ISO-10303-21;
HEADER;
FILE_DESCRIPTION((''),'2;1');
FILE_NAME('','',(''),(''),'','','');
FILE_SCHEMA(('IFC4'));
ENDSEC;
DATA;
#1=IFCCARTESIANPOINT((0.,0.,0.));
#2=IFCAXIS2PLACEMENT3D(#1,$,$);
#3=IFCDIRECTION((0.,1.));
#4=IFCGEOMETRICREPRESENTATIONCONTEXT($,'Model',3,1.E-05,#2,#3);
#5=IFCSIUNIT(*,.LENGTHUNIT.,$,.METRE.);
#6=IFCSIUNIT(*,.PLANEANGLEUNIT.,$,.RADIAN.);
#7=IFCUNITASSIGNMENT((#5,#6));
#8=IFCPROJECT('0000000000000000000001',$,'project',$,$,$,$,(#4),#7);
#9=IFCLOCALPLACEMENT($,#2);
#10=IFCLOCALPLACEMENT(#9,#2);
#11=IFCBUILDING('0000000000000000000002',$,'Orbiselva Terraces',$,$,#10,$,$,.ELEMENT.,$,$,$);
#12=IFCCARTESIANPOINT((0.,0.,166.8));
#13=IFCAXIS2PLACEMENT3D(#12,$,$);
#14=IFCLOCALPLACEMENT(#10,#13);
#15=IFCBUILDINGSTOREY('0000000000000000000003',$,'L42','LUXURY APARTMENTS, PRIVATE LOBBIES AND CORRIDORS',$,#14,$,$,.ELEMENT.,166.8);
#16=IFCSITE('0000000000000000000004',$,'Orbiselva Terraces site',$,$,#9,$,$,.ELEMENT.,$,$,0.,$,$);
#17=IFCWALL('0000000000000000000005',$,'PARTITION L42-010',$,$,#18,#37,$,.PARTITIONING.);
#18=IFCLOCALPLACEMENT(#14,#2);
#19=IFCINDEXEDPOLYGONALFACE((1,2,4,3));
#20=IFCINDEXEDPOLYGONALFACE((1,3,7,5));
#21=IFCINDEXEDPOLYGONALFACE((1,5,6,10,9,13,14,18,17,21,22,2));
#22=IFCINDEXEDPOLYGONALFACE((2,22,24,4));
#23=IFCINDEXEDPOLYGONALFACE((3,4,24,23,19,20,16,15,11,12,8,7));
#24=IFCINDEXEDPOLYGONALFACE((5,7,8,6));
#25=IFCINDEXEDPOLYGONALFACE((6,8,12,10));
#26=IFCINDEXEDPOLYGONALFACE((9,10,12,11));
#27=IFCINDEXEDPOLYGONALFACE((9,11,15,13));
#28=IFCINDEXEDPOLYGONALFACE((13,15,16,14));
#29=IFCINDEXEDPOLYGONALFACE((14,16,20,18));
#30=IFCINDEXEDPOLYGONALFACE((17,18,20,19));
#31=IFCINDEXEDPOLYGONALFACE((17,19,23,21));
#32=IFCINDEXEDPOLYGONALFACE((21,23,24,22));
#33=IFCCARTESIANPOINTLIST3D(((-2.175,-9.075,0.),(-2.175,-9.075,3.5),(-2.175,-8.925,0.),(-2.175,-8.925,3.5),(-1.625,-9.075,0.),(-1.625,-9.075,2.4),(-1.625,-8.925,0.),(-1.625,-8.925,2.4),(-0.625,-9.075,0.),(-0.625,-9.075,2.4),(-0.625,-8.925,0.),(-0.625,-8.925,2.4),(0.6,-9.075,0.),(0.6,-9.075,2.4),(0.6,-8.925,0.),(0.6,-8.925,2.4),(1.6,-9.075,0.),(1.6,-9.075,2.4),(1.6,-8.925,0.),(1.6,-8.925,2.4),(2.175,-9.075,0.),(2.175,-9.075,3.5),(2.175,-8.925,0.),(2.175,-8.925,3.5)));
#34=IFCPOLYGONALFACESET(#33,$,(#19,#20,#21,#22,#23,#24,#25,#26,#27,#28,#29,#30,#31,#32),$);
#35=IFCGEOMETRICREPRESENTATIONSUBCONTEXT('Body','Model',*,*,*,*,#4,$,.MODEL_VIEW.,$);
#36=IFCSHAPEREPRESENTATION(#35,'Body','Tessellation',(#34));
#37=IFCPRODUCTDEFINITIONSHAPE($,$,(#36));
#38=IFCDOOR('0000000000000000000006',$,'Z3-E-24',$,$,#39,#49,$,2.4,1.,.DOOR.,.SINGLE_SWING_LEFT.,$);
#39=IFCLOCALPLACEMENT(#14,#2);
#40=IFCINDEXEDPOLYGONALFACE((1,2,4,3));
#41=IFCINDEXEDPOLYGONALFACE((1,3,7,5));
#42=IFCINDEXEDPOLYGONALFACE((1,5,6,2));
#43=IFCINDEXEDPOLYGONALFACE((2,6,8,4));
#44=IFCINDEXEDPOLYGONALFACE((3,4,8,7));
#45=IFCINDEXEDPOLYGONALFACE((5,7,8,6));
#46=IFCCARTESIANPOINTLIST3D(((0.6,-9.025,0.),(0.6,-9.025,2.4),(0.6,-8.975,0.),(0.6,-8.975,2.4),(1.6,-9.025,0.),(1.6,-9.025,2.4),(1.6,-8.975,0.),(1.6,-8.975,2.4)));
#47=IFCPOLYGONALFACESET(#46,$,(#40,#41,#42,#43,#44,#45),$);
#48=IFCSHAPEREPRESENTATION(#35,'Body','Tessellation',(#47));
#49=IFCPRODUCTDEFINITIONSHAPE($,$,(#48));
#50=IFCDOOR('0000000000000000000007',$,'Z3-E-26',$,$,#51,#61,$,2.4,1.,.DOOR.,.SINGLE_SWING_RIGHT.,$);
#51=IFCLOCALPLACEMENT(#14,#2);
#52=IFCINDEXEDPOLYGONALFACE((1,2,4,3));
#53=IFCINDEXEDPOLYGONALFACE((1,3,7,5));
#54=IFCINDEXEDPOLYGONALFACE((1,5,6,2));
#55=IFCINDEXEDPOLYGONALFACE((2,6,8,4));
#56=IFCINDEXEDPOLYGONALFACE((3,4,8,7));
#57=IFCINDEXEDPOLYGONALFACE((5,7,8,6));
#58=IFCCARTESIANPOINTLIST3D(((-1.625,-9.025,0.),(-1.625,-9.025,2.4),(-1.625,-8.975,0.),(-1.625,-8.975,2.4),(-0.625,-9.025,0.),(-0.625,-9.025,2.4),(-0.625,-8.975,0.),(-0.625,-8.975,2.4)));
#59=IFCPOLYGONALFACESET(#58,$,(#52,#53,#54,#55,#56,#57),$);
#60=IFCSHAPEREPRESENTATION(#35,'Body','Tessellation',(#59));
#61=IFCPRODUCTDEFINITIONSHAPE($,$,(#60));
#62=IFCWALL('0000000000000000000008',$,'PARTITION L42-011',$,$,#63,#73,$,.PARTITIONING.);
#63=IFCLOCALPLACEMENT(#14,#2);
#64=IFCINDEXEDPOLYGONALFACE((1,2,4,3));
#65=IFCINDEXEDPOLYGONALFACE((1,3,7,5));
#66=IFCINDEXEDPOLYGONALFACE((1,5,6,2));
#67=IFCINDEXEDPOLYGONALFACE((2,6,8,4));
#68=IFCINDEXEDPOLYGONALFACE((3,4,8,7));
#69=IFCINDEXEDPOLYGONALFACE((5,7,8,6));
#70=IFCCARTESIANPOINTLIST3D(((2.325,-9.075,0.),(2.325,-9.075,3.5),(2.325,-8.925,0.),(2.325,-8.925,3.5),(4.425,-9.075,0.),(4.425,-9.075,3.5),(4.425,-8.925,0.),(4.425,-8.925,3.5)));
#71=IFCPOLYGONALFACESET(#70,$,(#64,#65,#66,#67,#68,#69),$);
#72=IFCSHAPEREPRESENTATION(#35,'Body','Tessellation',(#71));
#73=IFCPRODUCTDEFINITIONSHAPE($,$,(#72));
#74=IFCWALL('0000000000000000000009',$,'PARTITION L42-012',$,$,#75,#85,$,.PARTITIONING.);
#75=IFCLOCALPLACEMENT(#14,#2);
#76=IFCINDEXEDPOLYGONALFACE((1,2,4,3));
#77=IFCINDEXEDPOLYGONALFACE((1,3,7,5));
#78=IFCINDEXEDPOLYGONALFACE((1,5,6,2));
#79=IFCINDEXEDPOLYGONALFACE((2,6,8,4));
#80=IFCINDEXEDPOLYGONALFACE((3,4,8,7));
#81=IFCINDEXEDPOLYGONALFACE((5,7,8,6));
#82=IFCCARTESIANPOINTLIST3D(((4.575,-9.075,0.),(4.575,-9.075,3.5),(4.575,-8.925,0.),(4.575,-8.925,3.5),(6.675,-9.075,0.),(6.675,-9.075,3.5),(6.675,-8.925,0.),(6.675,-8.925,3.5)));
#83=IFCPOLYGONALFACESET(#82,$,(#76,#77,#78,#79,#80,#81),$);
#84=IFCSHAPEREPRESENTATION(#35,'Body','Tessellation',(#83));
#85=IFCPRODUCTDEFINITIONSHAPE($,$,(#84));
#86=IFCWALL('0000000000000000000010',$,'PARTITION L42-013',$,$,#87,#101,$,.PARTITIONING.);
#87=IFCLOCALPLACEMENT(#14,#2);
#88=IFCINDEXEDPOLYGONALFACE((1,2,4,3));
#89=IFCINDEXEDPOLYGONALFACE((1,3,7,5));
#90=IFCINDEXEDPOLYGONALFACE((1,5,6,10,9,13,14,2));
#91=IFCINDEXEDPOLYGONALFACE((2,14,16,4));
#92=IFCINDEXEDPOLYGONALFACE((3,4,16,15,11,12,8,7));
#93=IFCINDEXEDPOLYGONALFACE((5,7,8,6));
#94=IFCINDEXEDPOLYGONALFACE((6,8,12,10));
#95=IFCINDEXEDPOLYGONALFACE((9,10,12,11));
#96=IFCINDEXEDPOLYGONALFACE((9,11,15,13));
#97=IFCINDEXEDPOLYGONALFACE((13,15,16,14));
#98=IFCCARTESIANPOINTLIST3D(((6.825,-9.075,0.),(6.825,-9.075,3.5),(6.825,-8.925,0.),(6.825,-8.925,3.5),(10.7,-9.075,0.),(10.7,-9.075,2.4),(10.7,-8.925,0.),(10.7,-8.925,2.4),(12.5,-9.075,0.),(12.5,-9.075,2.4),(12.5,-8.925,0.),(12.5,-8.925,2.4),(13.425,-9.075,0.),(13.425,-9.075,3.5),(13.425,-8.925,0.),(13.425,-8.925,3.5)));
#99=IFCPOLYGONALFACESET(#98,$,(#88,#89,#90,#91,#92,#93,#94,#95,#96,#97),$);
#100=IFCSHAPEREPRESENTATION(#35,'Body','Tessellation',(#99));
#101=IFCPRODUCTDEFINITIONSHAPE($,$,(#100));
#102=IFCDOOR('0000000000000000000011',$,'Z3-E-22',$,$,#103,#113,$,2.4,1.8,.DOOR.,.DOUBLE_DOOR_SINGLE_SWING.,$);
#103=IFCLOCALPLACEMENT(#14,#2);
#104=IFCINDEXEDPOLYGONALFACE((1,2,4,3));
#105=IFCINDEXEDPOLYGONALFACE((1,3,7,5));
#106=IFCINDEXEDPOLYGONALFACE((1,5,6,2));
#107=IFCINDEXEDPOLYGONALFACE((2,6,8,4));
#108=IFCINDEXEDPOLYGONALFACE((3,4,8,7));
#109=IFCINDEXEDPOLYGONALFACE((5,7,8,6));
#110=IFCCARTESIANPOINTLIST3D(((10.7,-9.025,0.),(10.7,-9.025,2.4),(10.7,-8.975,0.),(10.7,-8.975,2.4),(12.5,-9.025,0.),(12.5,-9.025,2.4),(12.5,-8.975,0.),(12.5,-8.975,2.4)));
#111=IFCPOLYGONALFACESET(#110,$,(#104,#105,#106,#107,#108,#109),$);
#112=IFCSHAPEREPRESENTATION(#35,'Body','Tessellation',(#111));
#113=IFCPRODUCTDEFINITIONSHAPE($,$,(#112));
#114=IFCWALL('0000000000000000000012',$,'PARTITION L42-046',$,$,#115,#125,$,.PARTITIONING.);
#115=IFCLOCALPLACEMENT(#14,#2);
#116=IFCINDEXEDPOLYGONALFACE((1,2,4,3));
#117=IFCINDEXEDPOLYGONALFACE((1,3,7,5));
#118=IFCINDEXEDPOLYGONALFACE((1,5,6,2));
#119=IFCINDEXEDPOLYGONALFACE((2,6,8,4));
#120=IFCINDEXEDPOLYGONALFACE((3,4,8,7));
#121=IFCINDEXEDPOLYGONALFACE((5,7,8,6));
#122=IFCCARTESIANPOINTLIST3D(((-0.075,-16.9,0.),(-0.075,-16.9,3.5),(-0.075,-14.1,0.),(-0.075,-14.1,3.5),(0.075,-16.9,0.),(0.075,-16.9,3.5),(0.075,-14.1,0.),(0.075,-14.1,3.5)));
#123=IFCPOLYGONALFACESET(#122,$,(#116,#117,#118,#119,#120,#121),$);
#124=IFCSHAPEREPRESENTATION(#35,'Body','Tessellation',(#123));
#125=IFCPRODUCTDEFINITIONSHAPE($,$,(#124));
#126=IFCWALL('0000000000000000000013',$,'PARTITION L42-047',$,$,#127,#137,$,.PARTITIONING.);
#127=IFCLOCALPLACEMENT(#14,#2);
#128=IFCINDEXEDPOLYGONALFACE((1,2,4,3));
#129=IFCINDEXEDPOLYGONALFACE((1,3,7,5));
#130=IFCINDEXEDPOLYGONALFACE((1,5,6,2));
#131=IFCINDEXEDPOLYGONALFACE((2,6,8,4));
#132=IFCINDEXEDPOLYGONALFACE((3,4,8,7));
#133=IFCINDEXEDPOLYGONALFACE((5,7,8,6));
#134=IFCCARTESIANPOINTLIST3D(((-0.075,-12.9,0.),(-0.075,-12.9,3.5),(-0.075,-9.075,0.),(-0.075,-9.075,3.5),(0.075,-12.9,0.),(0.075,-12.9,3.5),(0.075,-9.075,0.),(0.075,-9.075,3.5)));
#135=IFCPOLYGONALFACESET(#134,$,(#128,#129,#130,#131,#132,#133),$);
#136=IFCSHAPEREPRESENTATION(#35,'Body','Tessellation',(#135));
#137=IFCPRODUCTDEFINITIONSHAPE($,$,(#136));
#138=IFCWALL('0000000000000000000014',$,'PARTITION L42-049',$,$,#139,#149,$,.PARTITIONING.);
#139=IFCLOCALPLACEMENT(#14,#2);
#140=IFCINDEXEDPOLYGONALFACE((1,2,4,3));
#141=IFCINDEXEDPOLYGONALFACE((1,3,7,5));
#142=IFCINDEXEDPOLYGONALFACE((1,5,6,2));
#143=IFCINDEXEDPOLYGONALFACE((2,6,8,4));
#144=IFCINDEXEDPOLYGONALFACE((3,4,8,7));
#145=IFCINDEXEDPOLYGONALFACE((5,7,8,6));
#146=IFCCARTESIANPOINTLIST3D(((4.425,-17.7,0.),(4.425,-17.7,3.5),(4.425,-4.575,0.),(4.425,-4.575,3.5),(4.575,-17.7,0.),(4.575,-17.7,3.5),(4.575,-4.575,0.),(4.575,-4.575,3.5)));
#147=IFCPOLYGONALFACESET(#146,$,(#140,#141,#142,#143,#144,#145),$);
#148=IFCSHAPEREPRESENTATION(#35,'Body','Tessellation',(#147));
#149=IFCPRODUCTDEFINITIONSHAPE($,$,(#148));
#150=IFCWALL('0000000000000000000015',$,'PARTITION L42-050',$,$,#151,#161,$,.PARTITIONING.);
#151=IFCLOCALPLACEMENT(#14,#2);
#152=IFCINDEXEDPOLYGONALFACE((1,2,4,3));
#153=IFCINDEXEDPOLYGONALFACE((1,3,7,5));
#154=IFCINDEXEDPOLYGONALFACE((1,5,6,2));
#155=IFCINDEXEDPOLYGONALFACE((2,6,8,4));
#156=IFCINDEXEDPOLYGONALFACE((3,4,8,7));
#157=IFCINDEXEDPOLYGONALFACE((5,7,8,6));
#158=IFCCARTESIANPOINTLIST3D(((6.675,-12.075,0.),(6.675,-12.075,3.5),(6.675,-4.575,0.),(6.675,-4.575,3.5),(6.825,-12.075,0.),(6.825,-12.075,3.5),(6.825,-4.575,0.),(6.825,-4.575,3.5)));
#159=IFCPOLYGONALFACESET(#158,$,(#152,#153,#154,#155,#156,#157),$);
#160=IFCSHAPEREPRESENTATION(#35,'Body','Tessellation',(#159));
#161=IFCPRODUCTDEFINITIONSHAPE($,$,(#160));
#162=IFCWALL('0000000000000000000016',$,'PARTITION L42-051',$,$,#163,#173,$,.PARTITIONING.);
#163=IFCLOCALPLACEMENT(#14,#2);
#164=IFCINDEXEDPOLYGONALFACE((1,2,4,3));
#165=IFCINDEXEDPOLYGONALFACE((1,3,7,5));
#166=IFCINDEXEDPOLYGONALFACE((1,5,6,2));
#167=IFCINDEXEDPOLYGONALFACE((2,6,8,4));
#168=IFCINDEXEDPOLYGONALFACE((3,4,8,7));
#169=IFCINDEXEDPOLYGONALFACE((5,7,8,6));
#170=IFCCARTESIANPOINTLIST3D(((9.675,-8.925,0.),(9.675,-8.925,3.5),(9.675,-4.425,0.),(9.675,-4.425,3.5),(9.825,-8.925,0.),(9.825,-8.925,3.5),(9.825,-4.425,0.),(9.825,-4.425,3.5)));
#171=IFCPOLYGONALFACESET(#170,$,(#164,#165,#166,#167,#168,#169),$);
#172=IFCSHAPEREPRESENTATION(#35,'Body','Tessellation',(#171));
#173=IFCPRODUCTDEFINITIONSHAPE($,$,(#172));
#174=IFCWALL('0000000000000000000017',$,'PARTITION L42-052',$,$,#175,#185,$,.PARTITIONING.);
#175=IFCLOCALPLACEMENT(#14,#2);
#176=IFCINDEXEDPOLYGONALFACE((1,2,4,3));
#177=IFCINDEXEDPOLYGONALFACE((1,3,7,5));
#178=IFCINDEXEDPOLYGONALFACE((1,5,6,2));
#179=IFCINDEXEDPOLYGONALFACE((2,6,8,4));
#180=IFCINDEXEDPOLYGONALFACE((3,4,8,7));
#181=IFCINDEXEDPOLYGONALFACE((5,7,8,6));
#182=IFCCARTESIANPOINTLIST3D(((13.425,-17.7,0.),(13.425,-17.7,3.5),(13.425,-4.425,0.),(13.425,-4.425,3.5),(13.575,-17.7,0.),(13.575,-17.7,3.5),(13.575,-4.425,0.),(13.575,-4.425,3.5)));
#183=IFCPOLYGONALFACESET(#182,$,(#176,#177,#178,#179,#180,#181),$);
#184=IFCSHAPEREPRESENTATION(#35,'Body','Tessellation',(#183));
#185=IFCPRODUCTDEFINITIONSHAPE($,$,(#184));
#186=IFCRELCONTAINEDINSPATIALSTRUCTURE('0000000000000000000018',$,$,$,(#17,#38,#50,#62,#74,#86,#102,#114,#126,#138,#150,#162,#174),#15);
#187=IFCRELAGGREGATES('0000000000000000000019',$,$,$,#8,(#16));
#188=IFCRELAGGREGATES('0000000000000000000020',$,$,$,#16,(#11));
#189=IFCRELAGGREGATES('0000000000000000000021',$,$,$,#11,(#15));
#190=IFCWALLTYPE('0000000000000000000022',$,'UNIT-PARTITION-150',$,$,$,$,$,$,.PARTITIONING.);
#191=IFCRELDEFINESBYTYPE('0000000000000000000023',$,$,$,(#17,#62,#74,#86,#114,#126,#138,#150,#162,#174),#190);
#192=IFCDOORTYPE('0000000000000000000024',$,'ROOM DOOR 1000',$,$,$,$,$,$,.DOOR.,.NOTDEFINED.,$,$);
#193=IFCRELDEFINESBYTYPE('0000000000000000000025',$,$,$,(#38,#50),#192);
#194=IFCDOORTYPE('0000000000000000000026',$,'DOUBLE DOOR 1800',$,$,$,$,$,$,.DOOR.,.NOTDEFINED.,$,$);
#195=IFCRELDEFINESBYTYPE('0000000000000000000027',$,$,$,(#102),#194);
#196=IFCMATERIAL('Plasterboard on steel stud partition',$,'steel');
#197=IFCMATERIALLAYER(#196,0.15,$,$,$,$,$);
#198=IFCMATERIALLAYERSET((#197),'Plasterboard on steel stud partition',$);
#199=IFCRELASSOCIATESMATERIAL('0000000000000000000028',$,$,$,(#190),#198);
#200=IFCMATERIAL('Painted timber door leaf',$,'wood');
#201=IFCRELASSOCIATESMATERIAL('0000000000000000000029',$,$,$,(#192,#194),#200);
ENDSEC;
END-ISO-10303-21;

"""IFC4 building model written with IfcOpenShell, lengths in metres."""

from ifc_helpers import new_model, si_unit, direction, frame, frame_2d, origin, place, context, subcontext, project, spatial, rectangle, extrude, material, layer, layer_set, type_object, element, fill, save


model = new_model("IFC4")

# Units and contexts
model_context = context("Model", 3, precision=1e-05, world=origin(), true_north=direction((0.0, 1.0)))
body_context = subcontext(model_context, "Body", "Model", "MODEL_VIEW")
ifc_project = project(units=[si_unit("LENGTHUNIT", "METRE"), si_unit("PLANEANGLEUNIT", "RADIAN")], contexts=[model_context])

# Site, building, storey
site_placement = place(None, origin())
site = spatial("IfcSite", under=ifc_project, at=site_placement, Name="Orbiselva Terraces site", CompositionType="ELEMENT", RefElevation=0.0)
building_placement = place(site_placement, origin())
building = spatial("IfcBuilding", under=site, at=building_placement, Name="Orbiselva Terraces", CompositionType="ELEMENT")
storey_placement = place(building_placement, frame((0.0, 0.0, 166.8)))
storey = spatial("IfcBuildingStorey", under=building, at=storey_placement, Name="L42", Description="LUXURY APARTMENTS, PRIVATE LOBBIES AND CORRIDORS", CompositionType="ELEMENT", Elevation=166.8)

# Shared definitions
ifc_material_1 = material(Name="Plasterboard on steel stud partition", Category="steel")
ifc_layer_1 = layer(ifc_material_1, 0.15)
ifc_layer_set_1 = layer_set([ifc_layer_1], Name="Plasterboard on steel stud partition")
wall_type_1 = type_object("IfcWallType", Name="UNIT-PARTITION-150", PredefinedType="PARTITIONING", material=ifc_layer_set_1)
ifc_material_2 = material(Name="Painted timber door leaf", Category="wood")

# Wall, openings, doors
wall_1_placement = place(storey_placement, frame((2.175, -9.0, 0.0), z_axis=(0.0, 0.0, 1.0), x_axis=(-1.0, 0.0, 0.0)))
wall_1 = element("IfcWall", 1, at=wall_1_placement, inside=storey, type_object=wall_type_1, Name="PARTITION L42-010", PredefinedType="PARTITIONING", context=body_context, shape_type="SweptSolid", body=[
    extrude(rectangle(XDim=4.35, YDim=0.15, at=frame_2d((2.175, 0.0))), origin(), (0.0, 0.0, 1.0), 3.5),
])
opening_1_placement = place(wall_1_placement, frame((0.575, 0.0, 0.0)))
opening_1 = element("IfcOpeningElement", 2, at=opening_1_placement, cuts=wall_1, PredefinedType="OPENING", context=body_context, shape_type="SweptSolid", body=[
    extrude(rectangle(XDim=1.0, YDim=2.4, at=frame_2d((0.5, 1.2))), frame((0.0, 0.085, 0.0), z_axis=(0.0, -1.0, 0.0), x_axis=(1.0, 0.0, 0.0)), (0.0, 0.0, 1.0), 0.17),
])
opening_2_placement = place(wall_1_placement, frame((2.8, 0.0, 0.0)))
opening_2 = element("IfcOpeningElement", 3, at=opening_2_placement, cuts=wall_1, PredefinedType="OPENING", context=body_context, shape_type="SweptSolid", body=[
    extrude(rectangle(XDim=1.0, YDim=2.4, at=frame_2d((0.5, 1.2))), frame((0.0, 0.085, 0.0), z_axis=(0.0, -1.0, 0.0), x_axis=(1.0, 0.0, 0.0)), (0.0, 0.0, 1.0), 0.17),
])
door_type_1 = type_object("IfcDoorType", Name="ROOM DOOR 1000", OperationType="NOTDEFINED", PredefinedType="DOOR", material=ifc_material_2)
door_1_placement = place(opening_1_placement, origin())
door_1 = element("IfcDoor", 4, at=door_1_placement, inside=storey, type_object=door_type_1, Name="Z3-E-24", OperationType="SINGLE_SWING_LEFT", OverallHeight=2.4, OverallWidth=1.0, PredefinedType="DOOR", context=body_context, shape_type="SweptSolid", body=[
    extrude(rectangle(XDim=1.0, YDim=2.4, at=frame_2d((0.5, 1.2))), frame((0.0, 0.025, 0.0), z_axis=(0.0, -1.0, 0.0), x_axis=(1.0, 0.0, 0.0)), (0.0, 0.0, 1.0), 0.05),
])
fill(opening_1, door_1)
door_2_placement = place(opening_2_placement, origin())
door_2 = element("IfcDoor", 5, at=door_2_placement, inside=storey, type_object=door_type_1, Name="Z3-E-26", OperationType="SINGLE_SWING_RIGHT", OverallHeight=2.4, OverallWidth=1.0, PredefinedType="DOOR", context=body_context, shape_type="SweptSolid", body=[
    extrude(rectangle(XDim=1.0, YDim=2.4, at=frame_2d((0.5, 1.2))), frame((0.0, 0.025, 0.0), z_axis=(0.0, -1.0, 0.0), x_axis=(1.0, 0.0, 0.0)), (0.0, 0.0, 1.0), 0.05),
])
fill(opening_2, door_2)

# Walls
for number, where, z_axis, x_axis, name in (
    (6, (2.325, -9.0, 0.0), (0.0, 0.0, 1.0), (1.0, 0.0, 0.0), "PARTITION L42-011"),
    (7, (4.575, -9.0, 0.0), (0.0, 0.0, 1.0), (1.0, 0.0, 0.0), "PARTITION L42-012"),
):
    element("IfcWall", number, at=place(storey_placement, frame(where, z_axis=z_axis, x_axis=x_axis)), inside=storey, type_object=wall_type_1, Name=name, PredefinedType="PARTITIONING", context=body_context, shape_type="SweptSolid", body=[
        extrude(rectangle(XDim=2.1, YDim=0.15, at=frame_2d((1.05, 0.0))), origin(), (0.0, 0.0, 1.0), 3.5),
    ])

# Wall, opening, door
wall_2_placement = place(storey_placement, frame((13.425, -9.0, 0.0), z_axis=(0.0, 0.0, 1.0), x_axis=(-1.0, 0.0, 0.0)))
wall_2 = element("IfcWall", 8, at=wall_2_placement, inside=storey, type_object=wall_type_1, Name="PARTITION L42-013", PredefinedType="PARTITIONING", context=body_context, shape_type="SweptSolid", body=[
    extrude(rectangle(XDim=6.6, YDim=0.15, at=frame_2d((3.3, 0.0))), origin(), (0.0, 0.0, 1.0), 3.5),
])
opening_3_placement = place(wall_2_placement, frame((0.925, 0.0, 0.0)))
opening_3 = element("IfcOpeningElement", 9, at=opening_3_placement, cuts=wall_2, PredefinedType="OPENING", context=body_context, shape_type="SweptSolid", body=[
    extrude(rectangle(XDim=1.8, YDim=2.4, at=frame_2d((0.9, 1.2))), frame((0.0, 0.085, 0.0), z_axis=(0.0, -1.0, 0.0), x_axis=(1.0, 0.0, 0.0)), (0.0, 0.0, 1.0), 0.17),
])
door_type_2 = type_object("IfcDoorType", Name="DOUBLE DOOR 1800", OperationType="NOTDEFINED", PredefinedType="DOOR", material=ifc_material_2)
door_3_placement = place(opening_3_placement, origin())
door_3 = element("IfcDoor", 10, at=door_3_placement, inside=storey, type_object=door_type_2, Name="Z3-E-22", OperationType="DOUBLE_DOOR_SINGLE_SWING", OverallHeight=2.4, OverallWidth=1.8, PredefinedType="DOOR", context=body_context, shape_type="SweptSolid", body=[
    extrude(rectangle(XDim=1.8, YDim=2.4, at=frame_2d((0.9, 1.2))), frame((0.0, 0.025, 0.0), z_axis=(0.0, -1.0, 0.0), x_axis=(1.0, 0.0, 0.0)), (0.0, 0.0, 1.0), 0.05),
])
fill(opening_3, door_3)

# Walls
wall_3_placement = place(storey_placement, frame((0.0, -16.9, 0.0), z_axis=(0.0, 0.0, 1.0), x_axis=(0.0, 1.0, 0.0)))
element("IfcWall", 11, at=wall_3_placement, inside=storey, type_object=wall_type_1, Name="PARTITION L42-046", PredefinedType="PARTITIONING", context=body_context, shape_type="SweptSolid", body=[
    extrude(rectangle(XDim=2.8, YDim=0.15, at=frame_2d((1.4, 0.0))), origin(), (0.0, 0.0, 1.0), 3.5),
])
wall_4_placement = place(storey_placement, frame((0.0, -12.9, 0.0), z_axis=(0.0, 0.0, 1.0), x_axis=(0.0, 1.0, 0.0)))
element("IfcWall", 12, at=wall_4_placement, inside=storey, type_object=wall_type_1, Name="PARTITION L42-047", PredefinedType="PARTITIONING", context=body_context, shape_type="SweptSolid", body=[
    extrude(rectangle(XDim=3.825, YDim=0.15, at=frame_2d((1.9125, 0.0))), origin(), (0.0, 0.0, 1.0), 3.5),
])
wall_5_placement = place(storey_placement, frame((4.5, -17.7, 0.0), z_axis=(0.0, 0.0, 1.0), x_axis=(0.0, 1.0, 0.0)))
element("IfcWall", 13, at=wall_5_placement, inside=storey, type_object=wall_type_1, Name="PARTITION L42-049", PredefinedType="PARTITIONING", context=body_context, shape_type="SweptSolid", body=[
    extrude(rectangle(XDim=13.125, YDim=0.15, at=frame_2d((6.5625, 0.0))), origin(), (0.0, 0.0, 1.0), 3.5),
])
wall_6_placement = place(storey_placement, frame((6.75, -12.075, 0.0), z_axis=(0.0, 0.0, 1.0), x_axis=(0.0, 1.0, 0.0)))
element("IfcWall", 14, at=wall_6_placement, inside=storey, type_object=wall_type_1, Name="PARTITION L42-050", PredefinedType="PARTITIONING", context=body_context, shape_type="SweptSolid", body=[
    extrude(rectangle(XDim=7.5, YDim=0.15, at=frame_2d((3.75, 0.0))), origin(), (0.0, 0.0, 1.0), 3.5),
])
wall_7_placement = place(storey_placement, frame((9.75, -8.925, 0.0), z_axis=(0.0, 0.0, 1.0), x_axis=(0.0, 1.0, 0.0)))
element("IfcWall", 15, at=wall_7_placement, inside=storey, type_object=wall_type_1, Name="PARTITION L42-051", PredefinedType="PARTITIONING", context=body_context, shape_type="SweptSolid", body=[
    extrude(rectangle(XDim=4.5, YDim=0.15, at=frame_2d((2.25, 0.0))), origin(), (0.0, 0.0, 1.0), 3.5),
])
wall_8_placement = place(storey_placement, frame((13.5, -17.7, 0.0), z_axis=(0.0, 0.0, 1.0), x_axis=(0.0, 1.0, 0.0)))
element("IfcWall", 16, at=wall_8_placement, inside=storey, type_object=wall_type_1, Name="PARTITION L42-052", PredefinedType="PARTITIONING", context=body_context, shape_type="SweptSolid", body=[
    extrude(rectangle(XDim=13.275, YDim=0.15, at=frame_2d((6.6375, 0.0))), origin(), (0.0, 0.0, 1.0), 3.5),
])

save(model, "model.ifc")
